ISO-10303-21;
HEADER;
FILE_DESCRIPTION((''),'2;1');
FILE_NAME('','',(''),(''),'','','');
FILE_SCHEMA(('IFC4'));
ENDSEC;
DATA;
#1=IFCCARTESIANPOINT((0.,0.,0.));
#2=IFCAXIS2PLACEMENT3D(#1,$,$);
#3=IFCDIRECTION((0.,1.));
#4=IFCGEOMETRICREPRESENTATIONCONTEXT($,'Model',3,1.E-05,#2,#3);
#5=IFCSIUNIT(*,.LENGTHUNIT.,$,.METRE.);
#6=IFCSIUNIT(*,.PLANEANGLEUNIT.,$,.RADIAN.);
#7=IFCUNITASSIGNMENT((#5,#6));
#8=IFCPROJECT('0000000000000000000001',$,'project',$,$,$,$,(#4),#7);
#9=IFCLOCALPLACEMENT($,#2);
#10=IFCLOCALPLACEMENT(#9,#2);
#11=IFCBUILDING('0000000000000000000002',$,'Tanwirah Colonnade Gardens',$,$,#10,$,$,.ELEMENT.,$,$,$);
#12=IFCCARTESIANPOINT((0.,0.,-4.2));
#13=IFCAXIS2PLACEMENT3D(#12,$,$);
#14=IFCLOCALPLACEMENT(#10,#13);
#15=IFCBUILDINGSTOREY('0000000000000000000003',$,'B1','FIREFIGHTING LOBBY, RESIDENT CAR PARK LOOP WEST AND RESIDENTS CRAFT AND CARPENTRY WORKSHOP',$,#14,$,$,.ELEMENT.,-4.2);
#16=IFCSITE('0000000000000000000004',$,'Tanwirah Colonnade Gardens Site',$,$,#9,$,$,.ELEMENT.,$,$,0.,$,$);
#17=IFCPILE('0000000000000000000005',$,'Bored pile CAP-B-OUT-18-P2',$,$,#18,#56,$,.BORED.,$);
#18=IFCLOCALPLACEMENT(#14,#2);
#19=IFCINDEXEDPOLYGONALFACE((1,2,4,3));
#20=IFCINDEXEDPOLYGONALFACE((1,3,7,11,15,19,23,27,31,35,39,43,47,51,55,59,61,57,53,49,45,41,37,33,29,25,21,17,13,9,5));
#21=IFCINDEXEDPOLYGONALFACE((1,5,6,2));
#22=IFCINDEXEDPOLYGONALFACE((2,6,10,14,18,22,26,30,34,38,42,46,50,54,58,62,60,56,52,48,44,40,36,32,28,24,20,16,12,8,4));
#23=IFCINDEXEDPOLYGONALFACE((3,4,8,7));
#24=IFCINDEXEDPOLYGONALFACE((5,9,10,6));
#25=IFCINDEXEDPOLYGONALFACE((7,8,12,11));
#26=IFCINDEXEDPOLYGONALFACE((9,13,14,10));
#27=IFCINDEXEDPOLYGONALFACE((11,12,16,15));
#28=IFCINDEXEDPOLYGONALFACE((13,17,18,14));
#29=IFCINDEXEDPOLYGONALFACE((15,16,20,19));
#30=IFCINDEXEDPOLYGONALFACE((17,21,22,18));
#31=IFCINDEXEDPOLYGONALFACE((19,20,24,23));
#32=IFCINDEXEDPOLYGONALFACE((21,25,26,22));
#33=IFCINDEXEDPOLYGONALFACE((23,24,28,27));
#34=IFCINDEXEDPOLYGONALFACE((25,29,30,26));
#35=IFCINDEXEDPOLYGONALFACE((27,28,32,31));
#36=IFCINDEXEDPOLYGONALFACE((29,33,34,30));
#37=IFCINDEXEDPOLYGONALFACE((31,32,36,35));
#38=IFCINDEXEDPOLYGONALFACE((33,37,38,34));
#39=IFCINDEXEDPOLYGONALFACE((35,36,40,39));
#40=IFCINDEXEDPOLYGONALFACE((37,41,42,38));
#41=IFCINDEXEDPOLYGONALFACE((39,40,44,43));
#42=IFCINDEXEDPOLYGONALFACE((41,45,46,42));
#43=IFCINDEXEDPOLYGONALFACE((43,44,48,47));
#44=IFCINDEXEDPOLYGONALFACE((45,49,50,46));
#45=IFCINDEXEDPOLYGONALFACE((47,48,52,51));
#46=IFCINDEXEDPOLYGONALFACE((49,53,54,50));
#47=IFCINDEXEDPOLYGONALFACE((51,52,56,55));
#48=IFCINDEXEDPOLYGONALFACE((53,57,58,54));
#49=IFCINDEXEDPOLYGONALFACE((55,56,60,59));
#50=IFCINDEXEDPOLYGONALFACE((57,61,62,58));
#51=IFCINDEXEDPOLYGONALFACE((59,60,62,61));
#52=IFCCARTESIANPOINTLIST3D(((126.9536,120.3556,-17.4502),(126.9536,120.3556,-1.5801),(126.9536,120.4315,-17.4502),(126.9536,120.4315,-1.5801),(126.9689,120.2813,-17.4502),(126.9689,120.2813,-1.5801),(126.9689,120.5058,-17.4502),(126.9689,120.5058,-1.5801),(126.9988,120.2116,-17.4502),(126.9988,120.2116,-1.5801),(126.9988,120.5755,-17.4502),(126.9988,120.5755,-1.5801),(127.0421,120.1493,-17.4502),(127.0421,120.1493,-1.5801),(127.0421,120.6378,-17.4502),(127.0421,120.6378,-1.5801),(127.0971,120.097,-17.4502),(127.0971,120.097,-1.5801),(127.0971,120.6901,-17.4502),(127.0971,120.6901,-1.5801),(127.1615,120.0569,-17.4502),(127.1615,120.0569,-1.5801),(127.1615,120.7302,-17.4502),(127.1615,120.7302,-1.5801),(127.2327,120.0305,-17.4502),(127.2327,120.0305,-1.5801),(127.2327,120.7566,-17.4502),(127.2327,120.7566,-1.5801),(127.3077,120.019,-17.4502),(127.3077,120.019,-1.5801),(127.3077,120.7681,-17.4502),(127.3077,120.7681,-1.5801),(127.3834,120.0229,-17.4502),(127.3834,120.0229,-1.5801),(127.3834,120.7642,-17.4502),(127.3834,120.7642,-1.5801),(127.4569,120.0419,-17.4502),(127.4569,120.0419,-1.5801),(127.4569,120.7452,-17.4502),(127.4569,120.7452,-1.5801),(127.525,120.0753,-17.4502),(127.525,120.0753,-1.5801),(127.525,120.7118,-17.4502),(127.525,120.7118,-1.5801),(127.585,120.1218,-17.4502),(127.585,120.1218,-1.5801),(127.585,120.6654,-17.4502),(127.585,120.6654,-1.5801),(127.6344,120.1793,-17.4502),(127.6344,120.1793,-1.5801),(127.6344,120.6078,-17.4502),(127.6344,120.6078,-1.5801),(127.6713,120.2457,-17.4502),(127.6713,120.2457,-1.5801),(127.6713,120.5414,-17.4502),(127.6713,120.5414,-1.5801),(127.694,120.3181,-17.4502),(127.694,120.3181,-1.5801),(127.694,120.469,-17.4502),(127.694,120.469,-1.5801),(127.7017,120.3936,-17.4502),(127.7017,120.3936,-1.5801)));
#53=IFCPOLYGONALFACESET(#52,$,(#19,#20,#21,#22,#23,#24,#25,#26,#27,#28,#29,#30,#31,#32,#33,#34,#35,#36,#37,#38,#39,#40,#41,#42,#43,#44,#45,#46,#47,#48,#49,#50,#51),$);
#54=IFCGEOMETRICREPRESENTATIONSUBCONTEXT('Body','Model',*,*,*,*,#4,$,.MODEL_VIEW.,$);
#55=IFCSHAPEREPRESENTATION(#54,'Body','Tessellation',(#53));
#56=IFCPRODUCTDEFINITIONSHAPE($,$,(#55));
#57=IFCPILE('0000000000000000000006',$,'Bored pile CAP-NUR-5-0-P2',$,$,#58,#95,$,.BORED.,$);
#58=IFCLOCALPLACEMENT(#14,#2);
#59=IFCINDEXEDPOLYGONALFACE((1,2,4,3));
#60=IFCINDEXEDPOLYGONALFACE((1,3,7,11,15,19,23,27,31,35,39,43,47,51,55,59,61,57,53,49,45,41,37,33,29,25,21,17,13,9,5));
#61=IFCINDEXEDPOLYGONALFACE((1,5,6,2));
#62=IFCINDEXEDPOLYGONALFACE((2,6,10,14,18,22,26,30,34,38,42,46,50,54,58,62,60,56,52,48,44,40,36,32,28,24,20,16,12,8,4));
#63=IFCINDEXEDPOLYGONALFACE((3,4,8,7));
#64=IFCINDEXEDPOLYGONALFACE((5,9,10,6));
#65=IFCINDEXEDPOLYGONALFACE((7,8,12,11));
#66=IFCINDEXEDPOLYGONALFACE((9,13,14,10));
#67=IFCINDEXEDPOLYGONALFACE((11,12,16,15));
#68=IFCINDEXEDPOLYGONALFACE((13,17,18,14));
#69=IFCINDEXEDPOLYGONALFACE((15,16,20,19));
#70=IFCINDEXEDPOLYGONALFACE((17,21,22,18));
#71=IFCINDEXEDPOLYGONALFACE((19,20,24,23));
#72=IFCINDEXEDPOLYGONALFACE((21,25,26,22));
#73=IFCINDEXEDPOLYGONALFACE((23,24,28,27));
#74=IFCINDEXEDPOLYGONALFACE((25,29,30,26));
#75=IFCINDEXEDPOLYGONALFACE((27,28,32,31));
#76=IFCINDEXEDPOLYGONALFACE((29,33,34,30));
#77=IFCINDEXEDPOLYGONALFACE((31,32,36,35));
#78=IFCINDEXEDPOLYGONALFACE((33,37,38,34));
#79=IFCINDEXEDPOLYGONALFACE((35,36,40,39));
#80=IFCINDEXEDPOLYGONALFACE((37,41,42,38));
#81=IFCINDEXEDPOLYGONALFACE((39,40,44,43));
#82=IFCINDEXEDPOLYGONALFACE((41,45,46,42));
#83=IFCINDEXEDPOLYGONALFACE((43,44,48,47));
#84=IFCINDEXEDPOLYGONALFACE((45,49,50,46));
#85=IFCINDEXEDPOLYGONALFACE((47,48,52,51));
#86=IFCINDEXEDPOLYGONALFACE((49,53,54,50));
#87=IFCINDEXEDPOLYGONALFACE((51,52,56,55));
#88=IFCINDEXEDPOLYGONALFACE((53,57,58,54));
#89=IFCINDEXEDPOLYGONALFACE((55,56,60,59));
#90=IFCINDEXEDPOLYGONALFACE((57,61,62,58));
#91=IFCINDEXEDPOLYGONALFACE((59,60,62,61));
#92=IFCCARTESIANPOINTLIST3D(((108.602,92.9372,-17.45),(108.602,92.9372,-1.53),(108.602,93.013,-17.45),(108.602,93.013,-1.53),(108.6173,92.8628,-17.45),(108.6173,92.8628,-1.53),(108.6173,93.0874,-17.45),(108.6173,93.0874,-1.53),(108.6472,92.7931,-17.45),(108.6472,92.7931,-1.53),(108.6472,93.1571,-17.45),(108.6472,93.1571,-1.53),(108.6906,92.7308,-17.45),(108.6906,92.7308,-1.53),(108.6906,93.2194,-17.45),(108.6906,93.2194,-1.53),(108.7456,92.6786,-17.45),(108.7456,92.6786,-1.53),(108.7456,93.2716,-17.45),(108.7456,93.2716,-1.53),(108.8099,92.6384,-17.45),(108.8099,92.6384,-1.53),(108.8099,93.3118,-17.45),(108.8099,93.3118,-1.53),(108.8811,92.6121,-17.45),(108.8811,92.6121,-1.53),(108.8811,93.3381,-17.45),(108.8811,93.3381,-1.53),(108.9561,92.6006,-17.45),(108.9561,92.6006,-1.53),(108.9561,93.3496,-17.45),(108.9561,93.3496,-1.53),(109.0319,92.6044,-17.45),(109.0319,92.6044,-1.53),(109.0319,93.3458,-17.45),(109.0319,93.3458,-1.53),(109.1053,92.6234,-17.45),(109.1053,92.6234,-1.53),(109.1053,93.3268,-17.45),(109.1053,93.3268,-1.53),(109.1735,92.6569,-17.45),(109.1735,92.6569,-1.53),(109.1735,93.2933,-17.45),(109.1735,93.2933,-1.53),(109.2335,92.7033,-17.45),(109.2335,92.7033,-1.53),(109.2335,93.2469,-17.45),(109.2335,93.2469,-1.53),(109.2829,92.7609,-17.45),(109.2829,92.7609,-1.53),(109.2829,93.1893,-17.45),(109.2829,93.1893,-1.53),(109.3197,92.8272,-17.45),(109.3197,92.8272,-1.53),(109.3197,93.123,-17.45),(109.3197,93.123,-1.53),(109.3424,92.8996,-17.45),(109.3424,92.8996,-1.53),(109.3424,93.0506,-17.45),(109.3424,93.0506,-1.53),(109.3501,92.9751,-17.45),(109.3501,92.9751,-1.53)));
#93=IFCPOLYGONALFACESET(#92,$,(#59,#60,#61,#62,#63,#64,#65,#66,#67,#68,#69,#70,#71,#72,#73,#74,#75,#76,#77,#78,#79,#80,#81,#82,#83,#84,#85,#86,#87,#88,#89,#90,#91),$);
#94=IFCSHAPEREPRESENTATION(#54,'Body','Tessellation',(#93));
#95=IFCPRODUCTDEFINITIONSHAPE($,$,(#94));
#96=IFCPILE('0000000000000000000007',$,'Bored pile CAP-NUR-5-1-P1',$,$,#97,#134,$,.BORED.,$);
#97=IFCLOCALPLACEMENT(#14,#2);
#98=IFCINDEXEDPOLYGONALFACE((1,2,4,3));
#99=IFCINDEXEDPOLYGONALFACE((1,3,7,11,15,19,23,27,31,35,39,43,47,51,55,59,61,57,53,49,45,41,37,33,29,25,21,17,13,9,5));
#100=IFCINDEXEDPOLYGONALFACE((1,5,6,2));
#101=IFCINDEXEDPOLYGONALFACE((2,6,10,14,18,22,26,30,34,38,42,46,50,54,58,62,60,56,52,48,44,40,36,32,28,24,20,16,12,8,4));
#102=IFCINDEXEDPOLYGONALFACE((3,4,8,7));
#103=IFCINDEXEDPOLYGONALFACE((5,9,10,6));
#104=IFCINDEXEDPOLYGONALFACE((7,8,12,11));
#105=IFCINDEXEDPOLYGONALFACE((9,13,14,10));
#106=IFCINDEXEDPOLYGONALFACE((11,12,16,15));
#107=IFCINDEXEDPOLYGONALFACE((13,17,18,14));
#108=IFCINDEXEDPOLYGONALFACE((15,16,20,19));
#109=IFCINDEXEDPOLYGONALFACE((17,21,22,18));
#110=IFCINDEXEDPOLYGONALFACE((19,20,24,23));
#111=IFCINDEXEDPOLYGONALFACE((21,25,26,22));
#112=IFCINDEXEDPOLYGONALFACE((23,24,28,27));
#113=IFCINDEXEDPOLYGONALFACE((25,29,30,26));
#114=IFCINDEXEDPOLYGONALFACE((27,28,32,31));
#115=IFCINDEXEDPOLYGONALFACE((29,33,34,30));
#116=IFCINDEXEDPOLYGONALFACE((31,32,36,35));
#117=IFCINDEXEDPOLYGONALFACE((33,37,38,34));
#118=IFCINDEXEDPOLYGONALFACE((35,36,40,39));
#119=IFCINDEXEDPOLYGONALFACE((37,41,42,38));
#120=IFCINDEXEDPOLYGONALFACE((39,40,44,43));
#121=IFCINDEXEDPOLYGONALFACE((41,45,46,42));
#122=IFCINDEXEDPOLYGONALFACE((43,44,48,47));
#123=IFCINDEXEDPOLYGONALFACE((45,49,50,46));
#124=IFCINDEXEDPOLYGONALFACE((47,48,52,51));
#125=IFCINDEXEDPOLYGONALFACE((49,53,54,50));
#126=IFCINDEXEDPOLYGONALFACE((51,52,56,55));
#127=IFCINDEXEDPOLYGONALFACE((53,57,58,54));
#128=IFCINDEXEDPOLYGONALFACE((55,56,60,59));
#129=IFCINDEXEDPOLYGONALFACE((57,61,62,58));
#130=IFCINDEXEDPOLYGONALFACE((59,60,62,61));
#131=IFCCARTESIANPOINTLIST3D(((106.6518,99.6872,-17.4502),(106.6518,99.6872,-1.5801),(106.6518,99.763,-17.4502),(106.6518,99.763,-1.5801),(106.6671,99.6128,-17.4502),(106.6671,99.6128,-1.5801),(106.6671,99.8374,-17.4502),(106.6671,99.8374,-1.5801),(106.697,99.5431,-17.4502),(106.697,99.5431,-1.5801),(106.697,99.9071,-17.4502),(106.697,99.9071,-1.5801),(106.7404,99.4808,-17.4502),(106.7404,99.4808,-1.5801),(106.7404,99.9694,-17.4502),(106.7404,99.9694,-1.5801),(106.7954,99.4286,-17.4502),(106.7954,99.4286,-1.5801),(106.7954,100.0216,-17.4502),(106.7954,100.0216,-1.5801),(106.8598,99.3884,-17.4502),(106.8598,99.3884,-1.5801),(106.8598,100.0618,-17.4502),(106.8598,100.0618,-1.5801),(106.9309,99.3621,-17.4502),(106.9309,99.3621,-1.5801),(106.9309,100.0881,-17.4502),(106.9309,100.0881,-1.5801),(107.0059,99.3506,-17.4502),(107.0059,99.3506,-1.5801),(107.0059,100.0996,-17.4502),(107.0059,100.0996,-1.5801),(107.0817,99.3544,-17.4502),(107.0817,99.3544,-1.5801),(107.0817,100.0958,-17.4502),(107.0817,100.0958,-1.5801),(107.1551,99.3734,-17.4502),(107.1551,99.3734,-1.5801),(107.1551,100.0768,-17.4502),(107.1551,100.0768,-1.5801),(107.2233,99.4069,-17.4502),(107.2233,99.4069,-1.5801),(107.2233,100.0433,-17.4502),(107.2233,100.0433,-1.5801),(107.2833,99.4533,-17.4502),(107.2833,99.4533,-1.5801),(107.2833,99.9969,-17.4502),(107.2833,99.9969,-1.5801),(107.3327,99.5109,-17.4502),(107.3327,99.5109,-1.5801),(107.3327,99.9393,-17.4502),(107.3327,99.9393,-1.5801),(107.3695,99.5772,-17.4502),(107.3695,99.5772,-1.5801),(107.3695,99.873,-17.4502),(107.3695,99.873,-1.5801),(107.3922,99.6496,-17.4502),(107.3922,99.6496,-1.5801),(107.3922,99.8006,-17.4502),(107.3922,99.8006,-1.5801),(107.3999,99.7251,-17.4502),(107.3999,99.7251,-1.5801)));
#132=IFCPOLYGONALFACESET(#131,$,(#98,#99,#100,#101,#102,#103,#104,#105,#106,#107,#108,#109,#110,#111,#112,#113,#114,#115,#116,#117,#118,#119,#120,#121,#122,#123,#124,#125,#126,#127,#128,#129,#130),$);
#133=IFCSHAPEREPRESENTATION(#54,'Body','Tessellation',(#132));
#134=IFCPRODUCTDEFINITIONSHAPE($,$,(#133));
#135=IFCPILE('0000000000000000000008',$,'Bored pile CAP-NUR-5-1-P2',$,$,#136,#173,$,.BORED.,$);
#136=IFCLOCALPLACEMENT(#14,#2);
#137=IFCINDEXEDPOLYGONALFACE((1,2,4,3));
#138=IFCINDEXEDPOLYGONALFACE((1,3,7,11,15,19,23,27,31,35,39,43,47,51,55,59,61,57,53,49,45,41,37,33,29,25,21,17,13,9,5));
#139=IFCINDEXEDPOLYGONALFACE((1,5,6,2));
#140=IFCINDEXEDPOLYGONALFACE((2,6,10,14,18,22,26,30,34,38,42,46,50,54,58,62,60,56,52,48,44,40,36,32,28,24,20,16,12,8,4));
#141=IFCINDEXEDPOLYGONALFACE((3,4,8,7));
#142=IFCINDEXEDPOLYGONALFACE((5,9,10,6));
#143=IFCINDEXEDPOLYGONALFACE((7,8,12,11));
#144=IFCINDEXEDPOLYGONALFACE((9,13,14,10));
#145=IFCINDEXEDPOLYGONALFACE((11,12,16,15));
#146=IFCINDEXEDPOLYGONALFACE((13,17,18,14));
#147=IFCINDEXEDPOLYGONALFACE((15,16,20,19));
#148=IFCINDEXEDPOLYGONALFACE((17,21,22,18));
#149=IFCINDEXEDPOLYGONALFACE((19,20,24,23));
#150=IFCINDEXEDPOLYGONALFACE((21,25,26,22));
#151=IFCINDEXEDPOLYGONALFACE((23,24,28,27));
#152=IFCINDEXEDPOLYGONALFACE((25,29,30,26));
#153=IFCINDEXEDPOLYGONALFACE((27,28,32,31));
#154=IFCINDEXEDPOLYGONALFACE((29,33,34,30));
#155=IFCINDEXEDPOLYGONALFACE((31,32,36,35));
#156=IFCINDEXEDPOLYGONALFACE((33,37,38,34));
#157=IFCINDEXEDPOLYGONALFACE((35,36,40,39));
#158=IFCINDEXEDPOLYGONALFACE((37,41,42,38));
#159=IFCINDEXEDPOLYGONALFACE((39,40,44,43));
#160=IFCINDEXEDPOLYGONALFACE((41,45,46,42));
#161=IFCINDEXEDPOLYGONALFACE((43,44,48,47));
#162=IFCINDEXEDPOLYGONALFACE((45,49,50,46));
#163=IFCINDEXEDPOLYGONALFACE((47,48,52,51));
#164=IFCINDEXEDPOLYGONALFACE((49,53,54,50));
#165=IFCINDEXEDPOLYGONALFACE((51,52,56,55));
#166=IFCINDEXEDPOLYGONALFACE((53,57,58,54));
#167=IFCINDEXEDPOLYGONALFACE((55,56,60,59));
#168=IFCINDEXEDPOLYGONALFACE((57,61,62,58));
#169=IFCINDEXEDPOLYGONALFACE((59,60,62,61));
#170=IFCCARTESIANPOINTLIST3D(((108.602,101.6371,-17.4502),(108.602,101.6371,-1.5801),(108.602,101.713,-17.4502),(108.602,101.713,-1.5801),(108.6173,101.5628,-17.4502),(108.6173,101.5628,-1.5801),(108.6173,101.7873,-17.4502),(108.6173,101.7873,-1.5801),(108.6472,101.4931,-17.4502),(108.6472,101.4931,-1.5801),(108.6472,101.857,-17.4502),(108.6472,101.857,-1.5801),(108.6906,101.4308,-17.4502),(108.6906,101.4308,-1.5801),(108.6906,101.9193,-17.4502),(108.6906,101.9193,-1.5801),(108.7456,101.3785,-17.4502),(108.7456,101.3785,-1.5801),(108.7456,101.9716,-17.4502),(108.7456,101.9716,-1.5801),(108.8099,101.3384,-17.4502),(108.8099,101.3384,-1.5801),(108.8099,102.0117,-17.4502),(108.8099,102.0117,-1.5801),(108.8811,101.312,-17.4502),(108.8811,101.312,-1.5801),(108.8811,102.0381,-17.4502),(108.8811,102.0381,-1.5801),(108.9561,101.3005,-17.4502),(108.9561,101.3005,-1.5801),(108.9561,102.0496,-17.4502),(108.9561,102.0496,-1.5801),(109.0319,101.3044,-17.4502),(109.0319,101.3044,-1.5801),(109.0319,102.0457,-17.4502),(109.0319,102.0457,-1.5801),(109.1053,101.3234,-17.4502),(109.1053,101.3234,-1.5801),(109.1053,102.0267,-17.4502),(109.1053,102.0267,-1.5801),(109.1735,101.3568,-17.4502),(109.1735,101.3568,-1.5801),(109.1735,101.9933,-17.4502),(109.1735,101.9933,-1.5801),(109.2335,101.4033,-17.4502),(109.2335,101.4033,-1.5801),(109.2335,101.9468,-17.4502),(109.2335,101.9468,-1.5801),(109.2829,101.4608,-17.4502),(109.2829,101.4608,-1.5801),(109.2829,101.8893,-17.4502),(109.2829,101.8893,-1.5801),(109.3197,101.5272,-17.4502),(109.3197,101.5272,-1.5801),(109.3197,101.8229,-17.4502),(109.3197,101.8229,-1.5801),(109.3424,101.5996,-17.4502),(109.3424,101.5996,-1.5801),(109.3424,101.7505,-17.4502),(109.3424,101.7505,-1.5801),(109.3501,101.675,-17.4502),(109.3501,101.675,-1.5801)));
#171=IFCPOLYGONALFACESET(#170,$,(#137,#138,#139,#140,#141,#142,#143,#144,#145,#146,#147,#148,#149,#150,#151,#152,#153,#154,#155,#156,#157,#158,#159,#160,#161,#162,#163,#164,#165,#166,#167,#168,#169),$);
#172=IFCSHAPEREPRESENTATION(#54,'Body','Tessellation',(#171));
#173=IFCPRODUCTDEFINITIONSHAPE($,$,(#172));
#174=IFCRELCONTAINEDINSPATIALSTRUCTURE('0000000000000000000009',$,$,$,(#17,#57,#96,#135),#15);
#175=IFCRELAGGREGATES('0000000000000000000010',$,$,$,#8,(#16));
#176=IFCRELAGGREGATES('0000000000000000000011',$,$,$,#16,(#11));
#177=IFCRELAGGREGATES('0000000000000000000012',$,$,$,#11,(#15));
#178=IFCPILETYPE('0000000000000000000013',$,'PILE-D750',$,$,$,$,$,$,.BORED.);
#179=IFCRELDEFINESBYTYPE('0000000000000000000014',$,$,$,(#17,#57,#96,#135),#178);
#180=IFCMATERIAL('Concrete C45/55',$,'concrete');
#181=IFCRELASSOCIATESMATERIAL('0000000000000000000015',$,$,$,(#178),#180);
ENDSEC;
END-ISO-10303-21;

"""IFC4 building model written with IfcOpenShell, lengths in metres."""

from ifc_helpers import new_model, si_unit, direction, frame, origin, origin_2d, place, context, subcontext, project, spatial, circle, extrude, material, material_profile, profile_set, type_object, element, save


model = new_model("IFC4")

# Units and contexts
model_context = context("Model", 3, precision=1e-05, world=origin(), true_north=direction((0.0, 1.0)))
body_context = subcontext(model_context, "Body", "Model", "MODEL_VIEW")
ifc_project = project(units=[si_unit("LENGTHUNIT", "METRE"), si_unit("PLANEANGLEUNIT", "RADIAN")], contexts=[model_context])

# Site, building, storey
site_placement = place(None, origin())
site = spatial("IfcSite", under=ifc_project, at=site_placement, Name="Tanwirah Colonnade Gardens Site", CompositionType="ELEMENT", RefElevation=0.0)
building_placement = place(site_placement, origin())
building = spatial("IfcBuilding", under=site, at=building_placement, Name="Tanwirah Colonnade Gardens", CompositionType="ELEMENT")
storey_placement = place(building_placement, frame((0.0, 0.0, -4.2)))
storey = spatial("IfcBuildingStorey", under=building, at=storey_placement, Name="B1", Description="FIREFIGHTING LOBBY, RESIDENT CAR PARK LOOP WEST AND RESIDENTS CRAFT AND CARPENTRY WORKSHOP", CompositionType="ELEMENT", Elevation=-4.2)

# Shared definitions
ifc_material_1 = material(Name="Concrete C45/55", Category="concrete")

# Piles
ifc_material_profile_1 = material_profile(ifc_material_1, circle(Radius=0.375, at=origin_2d()), Name="PILE D750")
ifc_profile_set_1 = profile_set([ifc_material_profile_1], Name="Concrete C45/55")
pile_type_1 = type_object("IfcPileType", Name="PILE-D750", PredefinedType="BORED", material=ifc_profile_set_1)
for number, where, z_axis, x_axis, name in (
    (1, (127.3267, 120.3936, -1.5801), (0.0, 0.0, -1.0), (1.0, 0.0, 0.0), "Bored pile CAP-B-OUT-18-P2"),
):
    element("IfcPile", number, at=place(storey_placement, frame(where, z_axis=z_axis, x_axis=x_axis)), inside=storey, type_object=pile_type_1, Name=name, PredefinedType="BORED", context=body_context, shape_type="SweptSolid", body=[
        extrude(circle(Radius=0.375, at=origin_2d()), origin(), (0.0, 0.0, 1.0), 15.8701),
    ])
pile_placement = place(storey_placement, frame((108.9751, 92.9751, -1.53), z_axis=(0.0, 0.0, -1.0), x_axis=(1.0, 0.0, 0.0)))
element("IfcPile", 2, at=pile_placement, inside=storey, type_object=pile_type_1, Name="Bored pile CAP-NUR-5-0-P2", PredefinedType="BORED", context=body_context, shape_type="SweptSolid", body=[
    extrude(circle(Radius=0.375, at=origin_2d()), origin(), (0.0, 0.0, 1.0), 15.9199),
])
for number, where, z_axis, x_axis, name in (
    (3, (107.0249, 99.7251, -1.5801), (0.0, 0.0, -1.0), (1.0, 0.0, 0.0), "Bored pile CAP-NUR-5-1-P1"),
    (4, (108.9751, 101.675, -1.5801), (0.0, 0.0, -1.0), (1.0, 0.0, 0.0), "Bored pile CAP-NUR-5-1-P2"),
):
    element("IfcPile", number, at=place(storey_placement, frame(where, z_axis=z_axis, x_axis=x_axis)), inside=storey, type_object=pile_type_1, Name=name, PredefinedType="BORED", context=body_context, shape_type="SweptSolid", body=[
        extrude(circle(Radius=0.375, at=origin_2d()), origin(), (0.0, 0.0, 1.0), 15.8701),
    ])

save(model, "model.ifc")
